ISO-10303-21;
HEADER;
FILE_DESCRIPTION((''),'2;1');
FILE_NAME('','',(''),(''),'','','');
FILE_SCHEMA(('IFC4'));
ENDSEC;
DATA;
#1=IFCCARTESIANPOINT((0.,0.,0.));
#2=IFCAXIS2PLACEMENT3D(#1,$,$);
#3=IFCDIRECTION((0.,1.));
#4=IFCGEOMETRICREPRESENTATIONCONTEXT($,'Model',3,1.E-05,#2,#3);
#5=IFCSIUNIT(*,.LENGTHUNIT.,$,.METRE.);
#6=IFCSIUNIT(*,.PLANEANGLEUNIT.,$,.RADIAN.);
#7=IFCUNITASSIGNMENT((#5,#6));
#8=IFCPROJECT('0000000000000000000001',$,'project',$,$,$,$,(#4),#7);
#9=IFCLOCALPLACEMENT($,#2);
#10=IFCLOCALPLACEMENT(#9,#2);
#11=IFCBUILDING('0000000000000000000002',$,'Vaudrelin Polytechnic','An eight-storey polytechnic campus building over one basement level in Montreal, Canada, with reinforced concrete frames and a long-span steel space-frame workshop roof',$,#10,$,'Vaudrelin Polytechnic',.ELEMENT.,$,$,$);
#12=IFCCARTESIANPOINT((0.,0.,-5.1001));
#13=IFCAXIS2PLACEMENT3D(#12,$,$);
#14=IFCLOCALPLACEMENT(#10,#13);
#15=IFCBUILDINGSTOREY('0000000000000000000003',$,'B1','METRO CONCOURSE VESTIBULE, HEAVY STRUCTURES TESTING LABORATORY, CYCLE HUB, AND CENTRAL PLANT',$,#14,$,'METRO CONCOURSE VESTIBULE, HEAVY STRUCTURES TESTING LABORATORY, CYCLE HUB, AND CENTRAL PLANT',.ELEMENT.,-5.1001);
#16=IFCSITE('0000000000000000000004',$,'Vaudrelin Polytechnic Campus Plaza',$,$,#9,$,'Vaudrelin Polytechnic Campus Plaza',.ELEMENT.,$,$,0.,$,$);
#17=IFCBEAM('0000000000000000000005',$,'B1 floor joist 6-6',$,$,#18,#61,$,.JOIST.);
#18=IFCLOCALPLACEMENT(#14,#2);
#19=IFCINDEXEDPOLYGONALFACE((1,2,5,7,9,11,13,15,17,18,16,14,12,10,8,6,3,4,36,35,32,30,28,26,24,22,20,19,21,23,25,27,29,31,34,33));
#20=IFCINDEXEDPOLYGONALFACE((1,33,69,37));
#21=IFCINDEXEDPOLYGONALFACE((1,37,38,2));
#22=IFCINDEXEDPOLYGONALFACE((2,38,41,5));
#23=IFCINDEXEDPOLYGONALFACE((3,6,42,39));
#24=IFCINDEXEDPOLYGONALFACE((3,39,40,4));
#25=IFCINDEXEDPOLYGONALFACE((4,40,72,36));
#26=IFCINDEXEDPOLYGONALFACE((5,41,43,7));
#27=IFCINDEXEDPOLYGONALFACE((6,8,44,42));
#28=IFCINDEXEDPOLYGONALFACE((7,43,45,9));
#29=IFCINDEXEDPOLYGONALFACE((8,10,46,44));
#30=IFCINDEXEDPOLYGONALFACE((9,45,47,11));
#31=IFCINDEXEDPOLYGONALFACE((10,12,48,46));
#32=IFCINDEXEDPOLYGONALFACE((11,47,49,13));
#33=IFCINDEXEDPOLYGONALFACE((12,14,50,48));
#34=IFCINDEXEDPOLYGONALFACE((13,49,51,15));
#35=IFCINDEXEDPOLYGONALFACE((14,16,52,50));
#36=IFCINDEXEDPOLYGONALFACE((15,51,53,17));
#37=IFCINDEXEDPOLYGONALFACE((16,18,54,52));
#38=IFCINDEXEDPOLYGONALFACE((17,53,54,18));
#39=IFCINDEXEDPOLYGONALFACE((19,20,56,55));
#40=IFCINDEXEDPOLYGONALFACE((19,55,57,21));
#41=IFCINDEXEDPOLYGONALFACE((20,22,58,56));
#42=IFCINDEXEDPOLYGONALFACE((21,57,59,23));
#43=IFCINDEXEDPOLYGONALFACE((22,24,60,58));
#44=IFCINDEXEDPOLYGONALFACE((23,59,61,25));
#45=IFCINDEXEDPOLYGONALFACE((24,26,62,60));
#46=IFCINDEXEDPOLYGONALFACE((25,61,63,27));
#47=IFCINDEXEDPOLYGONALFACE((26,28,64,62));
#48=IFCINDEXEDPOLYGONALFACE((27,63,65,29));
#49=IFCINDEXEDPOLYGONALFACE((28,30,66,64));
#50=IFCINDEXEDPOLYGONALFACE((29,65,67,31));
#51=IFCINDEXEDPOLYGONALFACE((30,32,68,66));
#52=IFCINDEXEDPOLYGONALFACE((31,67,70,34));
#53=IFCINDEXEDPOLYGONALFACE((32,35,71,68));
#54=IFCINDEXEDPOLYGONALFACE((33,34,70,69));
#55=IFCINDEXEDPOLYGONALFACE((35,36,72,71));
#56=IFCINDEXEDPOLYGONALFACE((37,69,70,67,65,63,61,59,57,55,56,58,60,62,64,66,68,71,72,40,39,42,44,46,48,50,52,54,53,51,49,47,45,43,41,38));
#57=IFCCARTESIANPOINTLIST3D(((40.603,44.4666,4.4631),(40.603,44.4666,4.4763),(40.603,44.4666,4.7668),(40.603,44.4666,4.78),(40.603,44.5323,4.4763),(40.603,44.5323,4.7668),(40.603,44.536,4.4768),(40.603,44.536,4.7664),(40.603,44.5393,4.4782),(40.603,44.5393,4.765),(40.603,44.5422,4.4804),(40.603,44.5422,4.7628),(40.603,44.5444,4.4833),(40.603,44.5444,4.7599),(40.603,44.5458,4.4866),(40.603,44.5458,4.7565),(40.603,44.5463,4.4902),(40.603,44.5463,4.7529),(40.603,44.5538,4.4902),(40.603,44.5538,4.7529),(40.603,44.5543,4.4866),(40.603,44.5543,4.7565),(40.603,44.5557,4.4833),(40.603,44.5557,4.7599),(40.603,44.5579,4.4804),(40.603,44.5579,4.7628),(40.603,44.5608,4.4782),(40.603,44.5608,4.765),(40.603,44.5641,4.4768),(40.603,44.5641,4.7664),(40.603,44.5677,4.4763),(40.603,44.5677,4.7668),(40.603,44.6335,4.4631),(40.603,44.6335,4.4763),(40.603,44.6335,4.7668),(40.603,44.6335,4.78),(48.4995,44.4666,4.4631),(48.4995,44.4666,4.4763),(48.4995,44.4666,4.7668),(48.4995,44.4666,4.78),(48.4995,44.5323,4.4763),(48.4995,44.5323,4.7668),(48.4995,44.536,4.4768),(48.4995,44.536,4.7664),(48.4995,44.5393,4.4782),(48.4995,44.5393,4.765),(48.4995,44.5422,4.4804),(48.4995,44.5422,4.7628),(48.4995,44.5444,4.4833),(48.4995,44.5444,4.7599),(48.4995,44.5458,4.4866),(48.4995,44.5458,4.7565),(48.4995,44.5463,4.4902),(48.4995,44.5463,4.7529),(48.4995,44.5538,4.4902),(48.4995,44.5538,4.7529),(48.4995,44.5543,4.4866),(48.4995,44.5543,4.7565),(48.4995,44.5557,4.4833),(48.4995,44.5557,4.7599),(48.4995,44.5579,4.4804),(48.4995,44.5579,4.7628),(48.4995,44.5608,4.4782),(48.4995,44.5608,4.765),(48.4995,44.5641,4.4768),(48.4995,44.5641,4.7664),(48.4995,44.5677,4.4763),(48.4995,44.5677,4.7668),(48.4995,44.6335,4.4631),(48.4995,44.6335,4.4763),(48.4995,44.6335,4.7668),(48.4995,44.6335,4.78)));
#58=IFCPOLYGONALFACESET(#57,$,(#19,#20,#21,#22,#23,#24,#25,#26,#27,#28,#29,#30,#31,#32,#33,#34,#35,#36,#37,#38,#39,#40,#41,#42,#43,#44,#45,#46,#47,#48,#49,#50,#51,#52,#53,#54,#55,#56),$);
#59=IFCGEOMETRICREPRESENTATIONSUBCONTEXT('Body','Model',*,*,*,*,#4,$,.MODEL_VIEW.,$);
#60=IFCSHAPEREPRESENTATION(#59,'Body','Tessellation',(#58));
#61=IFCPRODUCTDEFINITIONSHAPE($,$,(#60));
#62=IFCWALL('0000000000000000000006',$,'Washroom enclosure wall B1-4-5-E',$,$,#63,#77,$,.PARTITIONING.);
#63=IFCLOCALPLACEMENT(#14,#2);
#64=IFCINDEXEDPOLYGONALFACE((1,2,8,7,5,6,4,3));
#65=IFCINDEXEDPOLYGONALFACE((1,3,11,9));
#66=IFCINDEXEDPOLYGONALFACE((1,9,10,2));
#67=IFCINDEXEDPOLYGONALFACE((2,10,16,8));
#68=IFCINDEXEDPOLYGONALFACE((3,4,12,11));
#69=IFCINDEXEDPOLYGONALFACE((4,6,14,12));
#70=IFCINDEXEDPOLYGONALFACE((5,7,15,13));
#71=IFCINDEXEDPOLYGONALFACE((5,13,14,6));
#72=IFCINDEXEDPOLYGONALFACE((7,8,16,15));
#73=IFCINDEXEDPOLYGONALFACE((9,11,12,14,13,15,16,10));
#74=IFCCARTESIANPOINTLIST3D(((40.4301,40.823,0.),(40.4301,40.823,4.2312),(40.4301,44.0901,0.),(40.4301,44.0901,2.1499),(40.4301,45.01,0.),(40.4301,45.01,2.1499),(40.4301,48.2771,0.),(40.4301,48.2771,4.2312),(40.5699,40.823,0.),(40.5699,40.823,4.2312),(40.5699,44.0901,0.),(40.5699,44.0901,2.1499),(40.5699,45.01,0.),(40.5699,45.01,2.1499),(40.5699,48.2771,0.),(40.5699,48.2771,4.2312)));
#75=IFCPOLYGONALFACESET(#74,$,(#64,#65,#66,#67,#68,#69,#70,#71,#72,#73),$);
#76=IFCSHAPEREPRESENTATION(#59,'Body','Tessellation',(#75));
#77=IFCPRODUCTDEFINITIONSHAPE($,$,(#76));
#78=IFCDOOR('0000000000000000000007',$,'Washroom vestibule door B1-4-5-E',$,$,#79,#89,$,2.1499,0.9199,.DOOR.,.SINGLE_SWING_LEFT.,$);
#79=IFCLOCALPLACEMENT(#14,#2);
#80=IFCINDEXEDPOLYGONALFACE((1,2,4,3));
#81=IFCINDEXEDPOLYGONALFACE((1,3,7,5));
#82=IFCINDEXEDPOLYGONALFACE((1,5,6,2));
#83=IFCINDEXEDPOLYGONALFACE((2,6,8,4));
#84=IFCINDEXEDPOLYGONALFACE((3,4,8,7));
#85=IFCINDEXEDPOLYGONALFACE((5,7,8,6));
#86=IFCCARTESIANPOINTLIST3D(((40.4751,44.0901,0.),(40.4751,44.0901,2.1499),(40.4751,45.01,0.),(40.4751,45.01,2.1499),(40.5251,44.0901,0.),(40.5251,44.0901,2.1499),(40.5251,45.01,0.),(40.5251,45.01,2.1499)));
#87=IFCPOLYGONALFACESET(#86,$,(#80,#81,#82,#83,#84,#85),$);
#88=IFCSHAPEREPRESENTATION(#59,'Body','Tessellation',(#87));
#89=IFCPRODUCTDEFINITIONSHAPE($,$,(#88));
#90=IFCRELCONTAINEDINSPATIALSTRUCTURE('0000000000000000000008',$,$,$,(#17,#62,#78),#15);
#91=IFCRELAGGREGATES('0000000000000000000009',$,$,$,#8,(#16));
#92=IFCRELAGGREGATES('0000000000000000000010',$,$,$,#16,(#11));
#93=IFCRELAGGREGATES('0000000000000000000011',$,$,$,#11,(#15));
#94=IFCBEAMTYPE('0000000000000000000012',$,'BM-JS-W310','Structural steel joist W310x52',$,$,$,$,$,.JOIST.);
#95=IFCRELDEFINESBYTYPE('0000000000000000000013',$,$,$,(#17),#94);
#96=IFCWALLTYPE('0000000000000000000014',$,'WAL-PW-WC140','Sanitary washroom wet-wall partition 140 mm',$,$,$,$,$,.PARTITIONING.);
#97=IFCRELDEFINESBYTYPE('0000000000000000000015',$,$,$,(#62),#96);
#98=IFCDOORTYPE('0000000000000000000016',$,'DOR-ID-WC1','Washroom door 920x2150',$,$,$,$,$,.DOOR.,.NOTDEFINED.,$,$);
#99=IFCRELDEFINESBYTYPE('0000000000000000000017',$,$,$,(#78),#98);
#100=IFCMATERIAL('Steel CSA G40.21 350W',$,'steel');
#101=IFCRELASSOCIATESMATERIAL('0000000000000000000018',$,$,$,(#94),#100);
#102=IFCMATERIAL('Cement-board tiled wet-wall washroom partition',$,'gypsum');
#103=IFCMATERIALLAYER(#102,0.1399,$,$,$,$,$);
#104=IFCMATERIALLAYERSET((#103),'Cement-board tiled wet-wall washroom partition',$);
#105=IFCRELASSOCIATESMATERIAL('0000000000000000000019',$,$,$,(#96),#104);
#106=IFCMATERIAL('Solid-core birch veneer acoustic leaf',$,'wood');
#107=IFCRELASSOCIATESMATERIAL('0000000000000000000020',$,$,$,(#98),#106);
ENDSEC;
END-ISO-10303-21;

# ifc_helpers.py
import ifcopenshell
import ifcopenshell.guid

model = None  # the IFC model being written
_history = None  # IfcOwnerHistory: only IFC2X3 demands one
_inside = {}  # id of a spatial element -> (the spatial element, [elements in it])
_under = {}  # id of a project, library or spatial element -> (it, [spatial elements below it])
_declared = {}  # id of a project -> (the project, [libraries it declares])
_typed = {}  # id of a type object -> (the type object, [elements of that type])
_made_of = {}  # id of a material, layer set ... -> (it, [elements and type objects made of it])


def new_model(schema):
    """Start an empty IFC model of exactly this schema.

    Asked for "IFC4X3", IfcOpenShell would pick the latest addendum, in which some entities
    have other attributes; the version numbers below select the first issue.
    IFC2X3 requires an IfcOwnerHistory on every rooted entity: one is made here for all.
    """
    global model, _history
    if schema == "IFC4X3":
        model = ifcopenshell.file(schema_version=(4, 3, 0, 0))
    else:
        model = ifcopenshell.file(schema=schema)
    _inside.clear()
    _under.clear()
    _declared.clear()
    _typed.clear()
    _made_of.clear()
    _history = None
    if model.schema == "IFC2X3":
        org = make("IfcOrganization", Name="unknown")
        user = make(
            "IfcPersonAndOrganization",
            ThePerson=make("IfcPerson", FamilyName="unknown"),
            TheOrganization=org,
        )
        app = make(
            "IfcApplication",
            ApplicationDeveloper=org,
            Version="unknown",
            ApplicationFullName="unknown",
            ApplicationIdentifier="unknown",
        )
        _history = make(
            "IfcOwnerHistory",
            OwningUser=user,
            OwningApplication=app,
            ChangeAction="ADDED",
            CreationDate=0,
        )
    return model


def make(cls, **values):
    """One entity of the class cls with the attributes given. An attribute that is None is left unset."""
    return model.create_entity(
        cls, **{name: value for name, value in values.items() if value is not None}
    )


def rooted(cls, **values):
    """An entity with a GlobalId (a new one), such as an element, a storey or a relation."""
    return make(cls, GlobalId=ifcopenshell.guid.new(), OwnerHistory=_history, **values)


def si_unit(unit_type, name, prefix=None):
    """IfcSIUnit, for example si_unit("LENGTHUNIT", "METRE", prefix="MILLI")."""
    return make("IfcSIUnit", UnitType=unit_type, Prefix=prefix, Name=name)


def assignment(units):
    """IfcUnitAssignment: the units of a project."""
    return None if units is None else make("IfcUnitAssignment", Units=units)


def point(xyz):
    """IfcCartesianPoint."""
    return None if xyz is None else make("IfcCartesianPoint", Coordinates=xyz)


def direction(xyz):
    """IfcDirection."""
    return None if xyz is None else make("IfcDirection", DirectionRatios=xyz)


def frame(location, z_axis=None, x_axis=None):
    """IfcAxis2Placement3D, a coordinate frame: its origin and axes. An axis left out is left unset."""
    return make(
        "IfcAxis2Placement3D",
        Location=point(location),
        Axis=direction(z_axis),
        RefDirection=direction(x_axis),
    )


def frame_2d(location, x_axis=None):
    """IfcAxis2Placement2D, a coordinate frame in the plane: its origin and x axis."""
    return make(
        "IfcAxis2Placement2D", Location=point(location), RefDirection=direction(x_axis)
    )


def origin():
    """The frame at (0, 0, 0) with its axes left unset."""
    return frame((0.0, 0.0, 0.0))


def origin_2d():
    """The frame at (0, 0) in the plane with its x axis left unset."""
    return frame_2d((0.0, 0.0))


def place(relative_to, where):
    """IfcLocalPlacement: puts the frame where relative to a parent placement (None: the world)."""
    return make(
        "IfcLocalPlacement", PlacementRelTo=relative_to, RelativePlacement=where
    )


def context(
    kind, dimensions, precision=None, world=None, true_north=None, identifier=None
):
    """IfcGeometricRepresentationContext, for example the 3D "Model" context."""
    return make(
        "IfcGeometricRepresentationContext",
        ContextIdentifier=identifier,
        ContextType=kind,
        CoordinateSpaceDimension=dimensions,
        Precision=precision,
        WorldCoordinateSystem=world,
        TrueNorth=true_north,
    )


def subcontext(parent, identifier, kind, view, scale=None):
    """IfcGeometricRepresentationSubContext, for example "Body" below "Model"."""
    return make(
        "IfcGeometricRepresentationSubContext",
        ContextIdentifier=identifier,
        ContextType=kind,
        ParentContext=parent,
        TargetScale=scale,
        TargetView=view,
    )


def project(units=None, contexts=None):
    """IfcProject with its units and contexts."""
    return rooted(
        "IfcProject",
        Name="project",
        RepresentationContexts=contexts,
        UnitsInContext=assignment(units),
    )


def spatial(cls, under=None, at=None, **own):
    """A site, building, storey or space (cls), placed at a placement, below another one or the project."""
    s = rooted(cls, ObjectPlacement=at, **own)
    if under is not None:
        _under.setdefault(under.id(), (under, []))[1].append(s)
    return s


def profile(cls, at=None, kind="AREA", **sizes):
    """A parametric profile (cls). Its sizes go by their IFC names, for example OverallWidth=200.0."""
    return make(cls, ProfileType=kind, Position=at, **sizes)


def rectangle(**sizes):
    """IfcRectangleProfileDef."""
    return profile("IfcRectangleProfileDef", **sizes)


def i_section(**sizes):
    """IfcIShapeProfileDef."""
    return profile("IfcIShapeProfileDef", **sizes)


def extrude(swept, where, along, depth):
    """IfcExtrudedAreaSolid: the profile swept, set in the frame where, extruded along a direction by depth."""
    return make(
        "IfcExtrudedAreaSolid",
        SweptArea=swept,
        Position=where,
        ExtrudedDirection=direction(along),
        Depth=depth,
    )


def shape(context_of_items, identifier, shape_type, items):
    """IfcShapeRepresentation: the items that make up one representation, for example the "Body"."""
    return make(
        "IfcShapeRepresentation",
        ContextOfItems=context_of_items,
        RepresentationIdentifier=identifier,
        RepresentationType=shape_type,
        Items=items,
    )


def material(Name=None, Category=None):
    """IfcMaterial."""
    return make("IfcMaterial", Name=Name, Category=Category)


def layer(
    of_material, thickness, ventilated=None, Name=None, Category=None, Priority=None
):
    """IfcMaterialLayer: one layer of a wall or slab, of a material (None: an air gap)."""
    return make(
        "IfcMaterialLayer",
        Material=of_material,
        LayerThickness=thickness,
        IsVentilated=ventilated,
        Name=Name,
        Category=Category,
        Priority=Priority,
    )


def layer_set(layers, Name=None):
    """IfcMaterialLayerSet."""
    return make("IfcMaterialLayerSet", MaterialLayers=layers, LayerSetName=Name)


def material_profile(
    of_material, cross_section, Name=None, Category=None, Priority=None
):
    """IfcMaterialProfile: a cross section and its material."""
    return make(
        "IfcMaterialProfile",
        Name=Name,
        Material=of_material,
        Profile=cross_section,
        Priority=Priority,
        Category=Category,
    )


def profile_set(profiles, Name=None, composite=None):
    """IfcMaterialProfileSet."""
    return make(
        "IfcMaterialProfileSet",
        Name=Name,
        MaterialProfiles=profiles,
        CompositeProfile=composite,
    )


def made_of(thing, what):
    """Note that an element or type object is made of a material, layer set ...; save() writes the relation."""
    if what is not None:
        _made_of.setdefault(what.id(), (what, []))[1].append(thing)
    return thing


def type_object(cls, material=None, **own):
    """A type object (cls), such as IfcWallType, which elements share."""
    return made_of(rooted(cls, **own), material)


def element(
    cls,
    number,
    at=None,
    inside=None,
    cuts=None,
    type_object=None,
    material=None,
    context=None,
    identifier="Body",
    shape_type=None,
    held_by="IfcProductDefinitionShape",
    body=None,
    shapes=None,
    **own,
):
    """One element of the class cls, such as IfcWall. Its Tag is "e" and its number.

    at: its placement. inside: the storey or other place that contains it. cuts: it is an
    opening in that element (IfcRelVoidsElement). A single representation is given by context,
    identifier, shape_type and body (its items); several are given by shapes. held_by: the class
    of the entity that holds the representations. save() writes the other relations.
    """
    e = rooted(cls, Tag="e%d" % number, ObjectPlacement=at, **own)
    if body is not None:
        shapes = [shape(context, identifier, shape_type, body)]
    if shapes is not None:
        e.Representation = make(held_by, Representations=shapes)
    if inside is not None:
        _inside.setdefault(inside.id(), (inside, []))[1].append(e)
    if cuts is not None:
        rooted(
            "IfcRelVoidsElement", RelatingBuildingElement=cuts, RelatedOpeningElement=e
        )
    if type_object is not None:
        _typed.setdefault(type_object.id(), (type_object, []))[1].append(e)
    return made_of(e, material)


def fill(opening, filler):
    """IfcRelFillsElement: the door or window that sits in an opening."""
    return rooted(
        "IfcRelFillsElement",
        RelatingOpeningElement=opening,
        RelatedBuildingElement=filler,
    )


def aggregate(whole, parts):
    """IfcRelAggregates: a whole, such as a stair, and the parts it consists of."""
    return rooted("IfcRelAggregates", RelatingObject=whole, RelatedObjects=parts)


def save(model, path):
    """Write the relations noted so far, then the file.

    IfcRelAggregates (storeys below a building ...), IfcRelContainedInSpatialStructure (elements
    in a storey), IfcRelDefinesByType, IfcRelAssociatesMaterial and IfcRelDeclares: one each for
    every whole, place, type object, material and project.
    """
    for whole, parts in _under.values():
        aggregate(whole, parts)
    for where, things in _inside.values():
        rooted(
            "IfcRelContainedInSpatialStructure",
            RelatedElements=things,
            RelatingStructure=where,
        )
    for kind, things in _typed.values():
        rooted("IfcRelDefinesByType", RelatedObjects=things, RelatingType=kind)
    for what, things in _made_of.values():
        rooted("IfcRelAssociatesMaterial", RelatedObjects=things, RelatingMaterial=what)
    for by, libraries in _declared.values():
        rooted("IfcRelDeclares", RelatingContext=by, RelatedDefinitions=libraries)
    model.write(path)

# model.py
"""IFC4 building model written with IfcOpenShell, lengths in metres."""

from ifc_helpers import new_model, si_unit, direction, frame, frame_2d, origin, origin_2d, place, context, subcontext, project, spatial, rectangle, i_section, extrude, material, layer, layer_set, material_profile, profile_set, type_object, element, fill, save


model = new_model("IFC4")

# Units and contexts
model_context = context("Model", 3, precision=1e-05, world=origin(), true_north=direction((0.0, 1.0)))
body_context = subcontext(model_context, "Body", "Model", "MODEL_VIEW")
ifc_project = project(units=[si_unit("LENGTHUNIT", "METRE"), si_unit("PLANEANGLEUNIT", "RADIAN")], contexts=[model_context])

# Site, building, storey
site_placement = place(None, origin())
site = spatial("IfcSite", under=ifc_project, at=site_placement, Name="Vaudrelin Polytechnic Campus Plaza", LongName="Vaudrelin Polytechnic Campus Plaza", CompositionType="ELEMENT", RefElevation=0.0)
building_placement = place(site_placement, origin())
building = spatial("IfcBuilding", under=site, at=building_placement, Name="Vaudrelin Polytechnic", Description="An eight-storey polytechnic campus building over one basement level in Montreal, Canada, with reinforced concrete frames and a long-span steel space-frame workshop roof", LongName="Vaudrelin Polytechnic", CompositionType="ELEMENT")
storey_placement = place(building_placement, frame((0.0, 0.0, -5.1001)))
storey = spatial("IfcBuildingStorey", under=building, at=storey_placement, Name="B1", Description="METRO CONCOURSE VESTIBULE, HEAVY STRUCTURES TESTING LABORATORY, CYCLE HUB, AND CENTRAL PLANT", LongName="METRO CONCOURSE VESTIBULE, HEAVY STRUCTURES TESTING LABORATORY, CYCLE HUB, AND CENTRAL PLANT", CompositionType="ELEMENT", Elevation=-5.1001)

# Beam
ifc_material_1 = material(Name="Steel CSA G40.21 350W", Category="steel")
ifc_material_profile_1 = material_profile(ifc_material_1, i_section(OverallWidth=0.167, OverallDepth=0.3169, WebThickness=0.0076, FlangeThickness=0.0132, FilletRadius=0.0139, at=origin_2d()), Name="W310x52")
ifc_profile_set_1 = profile_set([ifc_material_profile_1], Name="Steel CSA G40.21 350W")
beam_type_1 = type_object("IfcBeamType", Name="BM-JS-W310", Description="Structural steel joist W310x52", PredefinedType="JOIST", material=ifc_profile_set_1)
beam_1_placement = place(storey_placement, frame((40.603, 44.55, 4.6216), z_axis=(1.0, 0.0, 0.0), x_axis=(0.0, 1.0, 0.0)))
element("IfcBeam", 1, at=beam_1_placement, inside=storey, type_object=beam_type_1, Name="B1 floor joist 6-6", PredefinedType="JOIST", context=body_context, shape_type="SweptSolid", body=[
    extrude(i_section(OverallWidth=0.167, OverallDepth=0.3169, WebThickness=0.0076, FlangeThickness=0.0132, FilletRadius=0.0139, at=origin_2d()), origin(), (0.0, 0.0, 1.0), 7.8965),
])

# Wall, opening, door
ifc_material_2 = material(Name="Cement-board tiled wet-wall washroom partition", Category="gypsum")
ifc_layer = layer(ifc_material_2, 0.1399)
ifc_layer_set = layer_set([ifc_layer], Name="Cement-board tiled wet-wall washroom partition")
wall_type = type_object("IfcWallType", Name="WAL-PW-WC140", Description="Sanitary washroom wet-wall partition 140 mm", PredefinedType="PARTITIONING", material=ifc_layer_set)
wall_1_placement = place(storey_placement, frame((40.5, 40.823, 0.0), z_axis=(0.0, 0.0, 1.0), x_axis=(0.0, 1.0, 0.0)))
wall_1 = element("IfcWall", 2, at=wall_1_placement, inside=storey, type_object=wall_type, Name="Washroom enclosure wall B1-4-5-E", PredefinedType="PARTITIONING", context=body_context, shape_type="SweptSolid", body=[
    extrude(rectangle(XDim=7.4541, YDim=0.1399, at=frame_2d((3.7271, 0.0))), origin(), (0.0, 0.0, 1.0), 4.2312),
])
opening_1_placement = place(wall_1_placement, frame((3.2671, 0.0, 0.0)))
opening_1 = element("IfcOpeningElement", 3, at=opening_1_placement, cuts=wall_1, PredefinedType="OPENING", context=body_context, shape_type="SweptSolid", body=[
    extrude(rectangle(XDim=0.9199, YDim=2.1499, at=frame_2d((0.46, 1.075))), frame((0.0, 0.0801, 0.0), z_axis=(0.0, -1.0, 0.0), x_axis=(1.0, 0.0, 0.0)), (0.0, 0.0, 1.0), 0.1599),
])
ifc_material_3 = material(Name="Solid-core birch veneer acoustic leaf", Category="wood")
door_type_1 = type_object("IfcDoorType", Name="DOR-ID-WC1", Description="Washroom door 920x2150", OperationType="NOTDEFINED", PredefinedType="DOOR", material=ifc_material_3)
door_1_placement = place(opening_1_placement, origin())
door_1 = element("IfcDoor", 4, at=door_1_placement, inside=storey, type_object=door_type_1, Name="Washroom vestibule door B1-4-5-E", OperationType="SINGLE_SWING_LEFT", OverallHeight=2.1499, OverallWidth=0.9199, PredefinedType="DOOR", context=body_context, shape_type="SweptSolid", body=[
    extrude(rectangle(XDim=0.9199, YDim=2.1499, at=frame_2d((0.46, 1.075))), frame((0.0, 0.0249, 0.0), z_axis=(0.0, -1.0, 0.0), x_axis=(1.0, 0.0, 0.0)), (0.0, 0.0, 1.0), 0.05),
])
fill(opening_1, door_1)

save(model, "model.ifc")
